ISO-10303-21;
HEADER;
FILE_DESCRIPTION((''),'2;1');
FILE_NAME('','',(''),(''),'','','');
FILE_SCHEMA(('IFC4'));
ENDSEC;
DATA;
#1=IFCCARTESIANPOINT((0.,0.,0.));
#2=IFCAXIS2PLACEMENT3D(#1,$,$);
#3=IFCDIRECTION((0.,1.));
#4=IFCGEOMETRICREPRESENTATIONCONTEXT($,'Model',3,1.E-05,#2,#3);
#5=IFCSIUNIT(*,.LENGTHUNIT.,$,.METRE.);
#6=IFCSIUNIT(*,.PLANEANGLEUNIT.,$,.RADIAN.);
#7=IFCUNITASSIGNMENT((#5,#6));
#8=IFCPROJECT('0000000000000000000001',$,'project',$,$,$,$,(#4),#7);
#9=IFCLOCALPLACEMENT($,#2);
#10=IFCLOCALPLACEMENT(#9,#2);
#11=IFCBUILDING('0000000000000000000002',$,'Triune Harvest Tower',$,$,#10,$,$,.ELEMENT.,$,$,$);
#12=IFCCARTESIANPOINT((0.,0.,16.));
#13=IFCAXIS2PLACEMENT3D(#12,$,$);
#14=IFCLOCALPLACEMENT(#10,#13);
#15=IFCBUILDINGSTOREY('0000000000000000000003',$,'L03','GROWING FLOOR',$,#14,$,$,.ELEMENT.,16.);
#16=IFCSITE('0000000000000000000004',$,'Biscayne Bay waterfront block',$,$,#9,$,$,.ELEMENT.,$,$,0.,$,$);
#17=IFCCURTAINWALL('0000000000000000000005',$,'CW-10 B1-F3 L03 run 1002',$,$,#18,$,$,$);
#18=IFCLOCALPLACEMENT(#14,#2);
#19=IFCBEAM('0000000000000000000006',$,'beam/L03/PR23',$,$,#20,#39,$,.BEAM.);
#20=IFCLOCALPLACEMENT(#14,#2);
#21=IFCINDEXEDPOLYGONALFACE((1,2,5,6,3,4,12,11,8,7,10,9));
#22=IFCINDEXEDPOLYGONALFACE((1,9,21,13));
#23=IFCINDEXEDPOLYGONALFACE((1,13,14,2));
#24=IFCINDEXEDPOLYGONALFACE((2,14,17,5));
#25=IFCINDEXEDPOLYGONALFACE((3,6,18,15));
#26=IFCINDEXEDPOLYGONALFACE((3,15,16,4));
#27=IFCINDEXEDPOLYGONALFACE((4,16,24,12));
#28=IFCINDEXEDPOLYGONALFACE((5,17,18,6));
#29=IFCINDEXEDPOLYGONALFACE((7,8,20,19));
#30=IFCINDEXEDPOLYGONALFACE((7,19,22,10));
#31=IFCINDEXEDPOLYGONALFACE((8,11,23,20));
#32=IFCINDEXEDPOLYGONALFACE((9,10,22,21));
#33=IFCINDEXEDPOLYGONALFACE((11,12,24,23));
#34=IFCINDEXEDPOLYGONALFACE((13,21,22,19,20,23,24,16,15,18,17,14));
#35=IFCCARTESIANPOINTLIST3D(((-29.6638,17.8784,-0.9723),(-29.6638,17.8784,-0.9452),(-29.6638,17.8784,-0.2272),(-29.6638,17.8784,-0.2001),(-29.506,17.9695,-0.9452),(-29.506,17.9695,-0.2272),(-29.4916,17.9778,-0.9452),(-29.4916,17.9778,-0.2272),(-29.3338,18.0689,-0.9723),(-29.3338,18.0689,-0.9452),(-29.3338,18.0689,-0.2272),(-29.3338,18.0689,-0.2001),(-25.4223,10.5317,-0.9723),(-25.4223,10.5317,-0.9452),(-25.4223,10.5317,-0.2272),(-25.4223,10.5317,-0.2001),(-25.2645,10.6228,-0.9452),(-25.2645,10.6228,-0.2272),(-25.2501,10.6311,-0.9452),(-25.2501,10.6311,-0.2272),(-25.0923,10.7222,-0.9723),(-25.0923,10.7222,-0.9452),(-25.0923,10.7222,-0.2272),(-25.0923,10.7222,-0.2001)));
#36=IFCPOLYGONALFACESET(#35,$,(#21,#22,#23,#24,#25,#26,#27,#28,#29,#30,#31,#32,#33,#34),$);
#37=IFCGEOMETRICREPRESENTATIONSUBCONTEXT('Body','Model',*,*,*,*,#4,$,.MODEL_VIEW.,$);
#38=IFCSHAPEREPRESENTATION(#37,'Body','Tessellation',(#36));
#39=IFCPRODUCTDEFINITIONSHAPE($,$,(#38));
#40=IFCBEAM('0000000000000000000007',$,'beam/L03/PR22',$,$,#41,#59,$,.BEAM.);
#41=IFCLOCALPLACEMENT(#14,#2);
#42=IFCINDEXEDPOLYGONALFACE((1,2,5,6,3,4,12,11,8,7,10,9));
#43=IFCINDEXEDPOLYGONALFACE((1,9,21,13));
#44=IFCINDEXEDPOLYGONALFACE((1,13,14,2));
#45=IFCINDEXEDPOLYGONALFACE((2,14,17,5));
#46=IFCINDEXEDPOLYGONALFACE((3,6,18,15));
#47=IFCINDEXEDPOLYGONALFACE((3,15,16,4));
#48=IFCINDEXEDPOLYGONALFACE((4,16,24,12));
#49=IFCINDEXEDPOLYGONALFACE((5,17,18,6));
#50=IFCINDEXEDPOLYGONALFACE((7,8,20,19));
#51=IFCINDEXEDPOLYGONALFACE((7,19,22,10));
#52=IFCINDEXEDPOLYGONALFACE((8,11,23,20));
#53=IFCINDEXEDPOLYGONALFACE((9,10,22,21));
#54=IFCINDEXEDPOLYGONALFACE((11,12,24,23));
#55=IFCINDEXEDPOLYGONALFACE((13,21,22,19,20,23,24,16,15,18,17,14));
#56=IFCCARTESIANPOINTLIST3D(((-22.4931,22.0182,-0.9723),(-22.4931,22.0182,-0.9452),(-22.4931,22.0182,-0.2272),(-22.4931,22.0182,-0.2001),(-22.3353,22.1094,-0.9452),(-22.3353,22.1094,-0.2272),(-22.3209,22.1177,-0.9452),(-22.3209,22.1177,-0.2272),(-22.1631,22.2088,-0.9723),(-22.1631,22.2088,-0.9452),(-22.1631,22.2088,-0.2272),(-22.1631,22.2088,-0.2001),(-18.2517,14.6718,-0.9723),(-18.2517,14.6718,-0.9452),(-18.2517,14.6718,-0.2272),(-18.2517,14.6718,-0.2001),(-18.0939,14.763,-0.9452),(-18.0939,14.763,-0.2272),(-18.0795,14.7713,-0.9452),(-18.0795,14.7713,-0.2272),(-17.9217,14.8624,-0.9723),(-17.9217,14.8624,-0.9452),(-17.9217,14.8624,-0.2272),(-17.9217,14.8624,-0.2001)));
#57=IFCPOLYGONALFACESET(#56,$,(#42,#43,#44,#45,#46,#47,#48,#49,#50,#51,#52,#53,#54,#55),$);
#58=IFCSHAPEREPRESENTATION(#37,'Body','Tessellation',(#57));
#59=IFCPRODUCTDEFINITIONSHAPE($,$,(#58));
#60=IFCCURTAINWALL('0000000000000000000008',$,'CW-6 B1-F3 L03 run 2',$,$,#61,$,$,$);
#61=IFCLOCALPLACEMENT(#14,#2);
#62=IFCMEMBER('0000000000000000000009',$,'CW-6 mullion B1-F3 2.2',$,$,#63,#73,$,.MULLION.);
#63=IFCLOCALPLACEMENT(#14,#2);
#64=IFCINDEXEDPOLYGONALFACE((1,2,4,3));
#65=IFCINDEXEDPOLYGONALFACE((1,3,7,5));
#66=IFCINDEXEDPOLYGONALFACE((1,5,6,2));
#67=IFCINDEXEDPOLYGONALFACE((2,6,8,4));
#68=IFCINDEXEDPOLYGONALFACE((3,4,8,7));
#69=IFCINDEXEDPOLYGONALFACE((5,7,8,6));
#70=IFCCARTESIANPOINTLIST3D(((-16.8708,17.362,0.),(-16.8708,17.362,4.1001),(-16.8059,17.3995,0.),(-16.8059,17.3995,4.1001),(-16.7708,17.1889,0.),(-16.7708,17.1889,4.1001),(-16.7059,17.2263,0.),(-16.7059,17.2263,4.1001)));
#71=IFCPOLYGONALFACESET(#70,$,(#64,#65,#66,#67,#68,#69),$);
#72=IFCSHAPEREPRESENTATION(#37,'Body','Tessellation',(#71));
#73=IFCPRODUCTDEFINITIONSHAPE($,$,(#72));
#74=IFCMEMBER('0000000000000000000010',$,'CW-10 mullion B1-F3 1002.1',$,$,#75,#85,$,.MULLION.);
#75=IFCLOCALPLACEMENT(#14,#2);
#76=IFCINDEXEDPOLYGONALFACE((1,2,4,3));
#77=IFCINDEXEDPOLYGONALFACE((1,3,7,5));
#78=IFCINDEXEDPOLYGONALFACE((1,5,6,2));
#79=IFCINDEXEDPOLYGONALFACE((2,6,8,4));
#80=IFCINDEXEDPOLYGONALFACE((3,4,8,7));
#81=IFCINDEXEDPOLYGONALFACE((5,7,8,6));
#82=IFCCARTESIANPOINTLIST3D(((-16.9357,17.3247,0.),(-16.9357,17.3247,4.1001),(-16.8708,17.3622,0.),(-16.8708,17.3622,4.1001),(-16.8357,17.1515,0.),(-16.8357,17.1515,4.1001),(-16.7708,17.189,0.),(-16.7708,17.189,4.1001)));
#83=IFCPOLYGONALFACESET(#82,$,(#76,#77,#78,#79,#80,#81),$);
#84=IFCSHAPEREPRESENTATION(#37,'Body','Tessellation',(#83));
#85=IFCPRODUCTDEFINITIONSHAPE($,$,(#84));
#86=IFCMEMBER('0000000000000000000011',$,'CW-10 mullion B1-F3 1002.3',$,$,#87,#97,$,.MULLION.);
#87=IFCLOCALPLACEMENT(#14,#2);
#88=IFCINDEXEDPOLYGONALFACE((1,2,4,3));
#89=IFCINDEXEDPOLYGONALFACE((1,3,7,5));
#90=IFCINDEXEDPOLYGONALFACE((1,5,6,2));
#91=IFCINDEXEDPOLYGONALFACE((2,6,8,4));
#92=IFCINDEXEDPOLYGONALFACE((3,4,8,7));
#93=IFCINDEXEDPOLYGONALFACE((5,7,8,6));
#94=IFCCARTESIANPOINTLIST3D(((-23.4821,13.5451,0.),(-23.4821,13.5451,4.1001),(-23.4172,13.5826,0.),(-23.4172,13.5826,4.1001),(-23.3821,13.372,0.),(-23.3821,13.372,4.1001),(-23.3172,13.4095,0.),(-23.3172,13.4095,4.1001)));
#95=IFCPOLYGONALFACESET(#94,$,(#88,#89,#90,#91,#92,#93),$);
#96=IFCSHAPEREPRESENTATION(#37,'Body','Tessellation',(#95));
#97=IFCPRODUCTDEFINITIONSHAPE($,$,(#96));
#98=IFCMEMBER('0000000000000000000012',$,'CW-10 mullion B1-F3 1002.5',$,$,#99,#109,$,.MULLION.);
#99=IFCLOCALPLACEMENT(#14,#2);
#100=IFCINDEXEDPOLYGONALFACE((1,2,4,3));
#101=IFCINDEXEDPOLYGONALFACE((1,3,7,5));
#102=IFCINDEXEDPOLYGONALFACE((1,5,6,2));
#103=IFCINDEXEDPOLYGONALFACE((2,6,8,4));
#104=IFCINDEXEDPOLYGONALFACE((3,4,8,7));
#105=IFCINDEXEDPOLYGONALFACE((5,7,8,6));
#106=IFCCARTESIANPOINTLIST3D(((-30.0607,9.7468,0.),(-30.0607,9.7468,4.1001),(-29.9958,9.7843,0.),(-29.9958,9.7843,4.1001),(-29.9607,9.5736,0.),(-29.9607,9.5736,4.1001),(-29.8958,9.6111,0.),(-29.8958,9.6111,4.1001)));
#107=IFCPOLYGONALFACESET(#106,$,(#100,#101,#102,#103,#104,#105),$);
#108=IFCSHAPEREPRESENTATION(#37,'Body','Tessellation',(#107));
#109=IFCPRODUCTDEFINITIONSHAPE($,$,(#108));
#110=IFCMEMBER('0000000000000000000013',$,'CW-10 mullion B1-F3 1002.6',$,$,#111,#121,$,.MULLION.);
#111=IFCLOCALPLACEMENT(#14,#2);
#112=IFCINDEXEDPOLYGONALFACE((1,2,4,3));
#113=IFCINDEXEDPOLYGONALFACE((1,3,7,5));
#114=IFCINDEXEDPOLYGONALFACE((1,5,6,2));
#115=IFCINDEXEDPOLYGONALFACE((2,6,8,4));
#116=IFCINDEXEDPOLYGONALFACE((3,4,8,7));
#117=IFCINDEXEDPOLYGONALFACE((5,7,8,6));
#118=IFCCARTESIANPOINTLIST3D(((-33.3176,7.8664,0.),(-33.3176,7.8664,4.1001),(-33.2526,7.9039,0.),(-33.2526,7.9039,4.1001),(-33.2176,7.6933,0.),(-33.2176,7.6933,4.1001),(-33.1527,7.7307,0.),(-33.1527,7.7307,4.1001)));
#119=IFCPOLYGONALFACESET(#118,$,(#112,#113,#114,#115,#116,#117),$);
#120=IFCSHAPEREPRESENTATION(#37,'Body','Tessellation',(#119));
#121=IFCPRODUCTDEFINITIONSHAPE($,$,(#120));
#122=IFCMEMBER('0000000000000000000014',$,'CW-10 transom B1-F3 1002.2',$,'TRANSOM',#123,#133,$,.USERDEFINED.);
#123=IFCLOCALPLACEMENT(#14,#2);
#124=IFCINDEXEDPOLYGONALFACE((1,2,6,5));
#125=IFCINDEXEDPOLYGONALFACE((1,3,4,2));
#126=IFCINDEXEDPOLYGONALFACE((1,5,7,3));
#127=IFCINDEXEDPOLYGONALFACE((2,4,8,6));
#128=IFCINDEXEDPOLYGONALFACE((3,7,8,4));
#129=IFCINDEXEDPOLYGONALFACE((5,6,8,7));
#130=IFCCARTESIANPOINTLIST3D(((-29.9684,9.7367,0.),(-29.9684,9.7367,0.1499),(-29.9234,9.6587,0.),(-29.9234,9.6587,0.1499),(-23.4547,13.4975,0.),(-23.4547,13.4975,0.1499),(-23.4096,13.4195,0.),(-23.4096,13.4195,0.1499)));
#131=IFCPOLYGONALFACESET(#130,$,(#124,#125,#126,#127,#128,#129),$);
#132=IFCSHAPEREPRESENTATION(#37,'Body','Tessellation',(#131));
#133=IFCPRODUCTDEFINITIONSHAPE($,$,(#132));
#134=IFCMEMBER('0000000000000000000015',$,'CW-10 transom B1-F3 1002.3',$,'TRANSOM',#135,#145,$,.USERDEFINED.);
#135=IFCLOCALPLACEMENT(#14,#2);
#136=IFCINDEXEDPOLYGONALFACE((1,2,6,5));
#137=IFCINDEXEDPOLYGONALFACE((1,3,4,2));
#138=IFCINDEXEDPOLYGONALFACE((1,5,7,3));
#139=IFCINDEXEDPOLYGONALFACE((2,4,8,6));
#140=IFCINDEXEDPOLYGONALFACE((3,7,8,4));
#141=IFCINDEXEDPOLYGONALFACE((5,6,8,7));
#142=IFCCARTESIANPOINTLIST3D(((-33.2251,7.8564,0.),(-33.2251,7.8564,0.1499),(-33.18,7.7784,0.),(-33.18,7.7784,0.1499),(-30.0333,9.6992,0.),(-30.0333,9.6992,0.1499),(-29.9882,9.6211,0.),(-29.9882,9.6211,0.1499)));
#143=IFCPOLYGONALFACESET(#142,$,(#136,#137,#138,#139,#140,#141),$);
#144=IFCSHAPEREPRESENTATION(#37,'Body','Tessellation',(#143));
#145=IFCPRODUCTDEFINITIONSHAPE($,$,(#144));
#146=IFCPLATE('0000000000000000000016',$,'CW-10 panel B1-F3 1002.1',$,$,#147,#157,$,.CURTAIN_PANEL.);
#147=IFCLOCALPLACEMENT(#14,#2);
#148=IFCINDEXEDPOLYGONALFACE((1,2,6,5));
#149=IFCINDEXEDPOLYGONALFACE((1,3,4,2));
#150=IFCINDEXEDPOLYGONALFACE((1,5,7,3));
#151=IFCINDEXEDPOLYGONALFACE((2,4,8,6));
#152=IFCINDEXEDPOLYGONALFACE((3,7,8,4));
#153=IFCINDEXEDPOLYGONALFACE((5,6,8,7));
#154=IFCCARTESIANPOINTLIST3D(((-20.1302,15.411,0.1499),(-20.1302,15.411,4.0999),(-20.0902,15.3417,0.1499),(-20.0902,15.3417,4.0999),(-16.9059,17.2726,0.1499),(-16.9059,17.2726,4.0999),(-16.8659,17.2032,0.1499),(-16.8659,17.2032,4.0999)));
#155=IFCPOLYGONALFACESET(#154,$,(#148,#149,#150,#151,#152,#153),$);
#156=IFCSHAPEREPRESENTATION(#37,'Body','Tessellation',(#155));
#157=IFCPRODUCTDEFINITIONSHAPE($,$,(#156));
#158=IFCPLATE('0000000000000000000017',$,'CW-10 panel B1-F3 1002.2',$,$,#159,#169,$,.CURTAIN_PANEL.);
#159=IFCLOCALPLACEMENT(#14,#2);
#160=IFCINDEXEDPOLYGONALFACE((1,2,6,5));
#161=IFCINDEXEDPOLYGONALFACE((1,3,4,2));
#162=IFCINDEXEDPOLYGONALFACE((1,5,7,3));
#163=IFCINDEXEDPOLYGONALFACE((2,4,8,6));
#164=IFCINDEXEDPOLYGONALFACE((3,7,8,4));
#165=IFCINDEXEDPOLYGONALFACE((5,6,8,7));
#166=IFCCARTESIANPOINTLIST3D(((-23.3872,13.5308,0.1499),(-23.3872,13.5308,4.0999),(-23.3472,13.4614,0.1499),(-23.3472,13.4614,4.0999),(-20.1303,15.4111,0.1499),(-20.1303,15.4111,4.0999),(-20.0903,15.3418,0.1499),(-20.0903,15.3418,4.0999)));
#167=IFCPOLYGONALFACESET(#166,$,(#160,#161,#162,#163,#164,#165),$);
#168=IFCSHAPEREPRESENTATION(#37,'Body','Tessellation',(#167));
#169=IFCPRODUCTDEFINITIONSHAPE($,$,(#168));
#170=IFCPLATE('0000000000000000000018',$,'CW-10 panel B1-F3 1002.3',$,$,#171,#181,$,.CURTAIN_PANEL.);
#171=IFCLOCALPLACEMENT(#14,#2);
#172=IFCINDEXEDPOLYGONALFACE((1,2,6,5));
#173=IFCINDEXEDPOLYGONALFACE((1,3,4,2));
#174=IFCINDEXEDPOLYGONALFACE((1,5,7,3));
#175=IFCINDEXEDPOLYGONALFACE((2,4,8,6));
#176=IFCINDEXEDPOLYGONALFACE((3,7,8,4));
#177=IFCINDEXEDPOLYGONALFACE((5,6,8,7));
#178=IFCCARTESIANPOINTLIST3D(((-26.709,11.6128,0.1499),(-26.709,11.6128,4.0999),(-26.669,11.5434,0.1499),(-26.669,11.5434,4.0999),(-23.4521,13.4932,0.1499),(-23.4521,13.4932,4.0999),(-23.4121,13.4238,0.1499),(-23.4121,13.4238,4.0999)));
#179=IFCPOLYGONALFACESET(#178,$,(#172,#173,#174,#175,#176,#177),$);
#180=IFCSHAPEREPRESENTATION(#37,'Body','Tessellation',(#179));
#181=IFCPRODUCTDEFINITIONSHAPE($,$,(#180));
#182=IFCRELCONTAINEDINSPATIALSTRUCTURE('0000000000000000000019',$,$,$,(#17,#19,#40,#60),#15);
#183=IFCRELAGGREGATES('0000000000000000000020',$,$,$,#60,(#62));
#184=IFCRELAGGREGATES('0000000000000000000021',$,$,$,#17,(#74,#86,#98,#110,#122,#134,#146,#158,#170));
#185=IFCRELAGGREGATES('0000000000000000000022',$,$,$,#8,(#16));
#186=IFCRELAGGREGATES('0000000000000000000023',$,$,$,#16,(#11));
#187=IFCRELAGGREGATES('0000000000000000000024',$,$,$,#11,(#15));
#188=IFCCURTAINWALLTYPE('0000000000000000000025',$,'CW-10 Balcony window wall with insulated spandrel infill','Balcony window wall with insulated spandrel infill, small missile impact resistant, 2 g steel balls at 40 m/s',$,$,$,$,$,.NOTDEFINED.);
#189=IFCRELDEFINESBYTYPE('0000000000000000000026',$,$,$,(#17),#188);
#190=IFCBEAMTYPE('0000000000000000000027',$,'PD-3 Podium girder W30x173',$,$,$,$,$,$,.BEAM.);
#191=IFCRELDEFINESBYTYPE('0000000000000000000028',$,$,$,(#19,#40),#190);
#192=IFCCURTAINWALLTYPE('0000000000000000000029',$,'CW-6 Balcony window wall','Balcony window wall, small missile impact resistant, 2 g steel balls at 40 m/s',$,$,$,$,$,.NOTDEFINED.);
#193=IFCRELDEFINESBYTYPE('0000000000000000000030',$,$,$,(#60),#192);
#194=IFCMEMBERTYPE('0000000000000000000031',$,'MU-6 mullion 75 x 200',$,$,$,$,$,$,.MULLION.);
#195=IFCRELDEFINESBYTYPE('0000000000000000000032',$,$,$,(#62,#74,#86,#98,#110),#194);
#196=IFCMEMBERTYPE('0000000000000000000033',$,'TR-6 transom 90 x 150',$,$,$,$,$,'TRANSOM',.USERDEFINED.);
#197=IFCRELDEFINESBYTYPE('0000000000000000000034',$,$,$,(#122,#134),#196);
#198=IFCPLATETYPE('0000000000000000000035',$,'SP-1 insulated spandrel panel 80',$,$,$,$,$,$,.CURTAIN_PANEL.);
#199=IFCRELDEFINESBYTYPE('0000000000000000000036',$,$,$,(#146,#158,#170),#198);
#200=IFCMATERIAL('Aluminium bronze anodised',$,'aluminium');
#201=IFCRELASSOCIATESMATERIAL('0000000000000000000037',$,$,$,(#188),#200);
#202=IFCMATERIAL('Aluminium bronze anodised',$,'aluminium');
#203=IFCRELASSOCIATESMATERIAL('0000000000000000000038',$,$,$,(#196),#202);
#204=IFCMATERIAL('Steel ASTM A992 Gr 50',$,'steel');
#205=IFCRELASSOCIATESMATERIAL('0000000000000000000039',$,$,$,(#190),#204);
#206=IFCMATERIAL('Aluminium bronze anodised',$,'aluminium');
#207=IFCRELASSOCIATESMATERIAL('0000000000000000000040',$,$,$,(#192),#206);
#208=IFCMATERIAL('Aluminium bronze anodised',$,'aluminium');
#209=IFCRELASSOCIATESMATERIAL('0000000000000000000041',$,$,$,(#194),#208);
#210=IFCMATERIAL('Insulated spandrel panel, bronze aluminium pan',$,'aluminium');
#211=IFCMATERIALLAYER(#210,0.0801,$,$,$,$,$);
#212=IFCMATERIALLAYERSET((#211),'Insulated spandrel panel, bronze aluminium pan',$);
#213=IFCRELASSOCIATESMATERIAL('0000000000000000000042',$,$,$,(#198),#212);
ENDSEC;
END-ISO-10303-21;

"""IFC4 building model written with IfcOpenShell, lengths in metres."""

from ifc_helpers import new_model, si_unit, direction, frame, origin, origin_2d, place, context, subcontext, project, spatial, rectangle, i_section, extrude, source, transform, mapped, material, layer, layer_set, material_profile, profile_set, type_object, element, aggregate, save


model = new_model("IFC4")

# Units and contexts
model_context = context("Model", 3, precision=1e-05, world=origin(), true_north=direction((0.0, 1.0)))
body_context = subcontext(model_context, "Body", "Model", "MODEL_VIEW")
ifc_project = project(units=[si_unit("LENGTHUNIT", "METRE"), si_unit("PLANEANGLEUNIT", "RADIAN")], contexts=[model_context])

# Site, building, storey
site_placement = place(None, origin())
site = spatial("IfcSite", under=ifc_project, at=site_placement, Name="Biscayne Bay waterfront block", CompositionType="ELEMENT", RefElevation=0.0)
building_placement = place(site_placement, origin())
building = spatial("IfcBuilding", under=site, at=building_placement, Name="Triune Harvest Tower", CompositionType="ELEMENT")
storey_placement = place(building_placement, frame((0.0, 0.0, 16.0)))
storey = spatial("IfcBuildingStorey", under=building, at=storey_placement, Name="L03", Description="GROWING FLOOR", CompositionType="ELEMENT", Elevation=16.0)

# Curtain wall
ifc_material_1 = material(Name="Aluminium bronze anodised", Category="aluminium")
curtain_wall_type_1 = type_object("IfcCurtainWallType", Name="CW-10 Balcony window wall with insulated spandrel infill", Description="Balcony window wall with insulated spandrel infill, small missile impact resistant, 2 g steel balls at 40 m/s", PredefinedType="NOTDEFINED", material=ifc_material_1)
curtain_wall_1_placement = place(storey_placement, origin())
curtain_wall_1 = element("IfcCurtainWall", 1, at=curtain_wall_1_placement, inside=storey, type_object=curtain_wall_type_1, Name="CW-10 B1-F3 L03 run 1002")
ifc_material_2 = material(Name="Aluminium bronze anodised", Category="aluminium")
ifc_material_profile_1 = material_profile(ifc_material_2, rectangle(XDim=0.0901, YDim=0.1499, at=origin_2d()), Name="TR-6 transom 90 x 150")
ifc_profile_set_1 = profile_set([ifc_material_profile_1], Name="Aluminium bronze anodised")
member_type_1 = type_object("IfcMemberType", Name="TR-6 transom 90 x 150", ElementType="TRANSOM", PredefinedType="USERDEFINED", material=ifc_profile_set_1)

# Beams
ifc_material_3 = material(Name="Steel ASTM A992 Gr 50", Category="steel")
ifc_material_profile_2 = material_profile(ifc_material_3, i_section(OverallWidth=0.3811, OverallDepth=0.7722, WebThickness=0.0166, FlangeThickness=0.0271, at=origin_2d()), Name="W30x173")
ifc_profile_set_2 = profile_set([ifc_material_profile_2], Name="Steel ASTM A992 Gr 50")
beam_type_1 = type_object("IfcBeamType", Name="PD-3 Podium girder W30x173", PredefinedType="BEAM", material=ifc_profile_set_2)
shared_shape_1 = source(origin(), body_context, "Body", "SweptSolid", [
    extrude(i_section(OverallWidth=0.3811, OverallDepth=0.7722, WebThickness=0.0166, FlangeThickness=0.0271, at=origin_2d()), origin(), (0.0, 0.0, 1.0), 8.4832),
])
beam_1_placement = place(storey_placement, frame((-29.4988, 17.9736, -0.5862), z_axis=(0.499987, -0.866033, 0.0), x_axis=(0.866033, 0.499987, 0.0)))
element("IfcBeam", 2, at=beam_1_placement, inside=storey, type_object=beam_type_1, Name="beam/L03/PR23", PredefinedType="BEAM", context=body_context, shape_type="MappedRepresentation", body=[
    mapped(shared_shape_1, transform((0.0, 0.0, 0.0), scale=1.0)),
])
shared_shape_2 = source(origin(), body_context, "Body", "SweptSolid", [
    extrude(i_section(OverallWidth=0.3811, OverallDepth=0.7722, WebThickness=0.0166, FlangeThickness=0.0271, at=origin_2d()), origin(), (0.0, 0.0, 1.0), 8.4829),
])
beam_2_placement = place(storey_placement, frame((-22.3281, 22.1135, -0.5862), z_axis=(0.499999, -0.866026, 0.0), x_axis=(0.866026, 0.499999, 0.0)))
element("IfcBeam", 3, at=beam_2_placement, inside=storey, type_object=beam_type_1, Name="beam/L03/PR22", PredefinedType="BEAM", context=body_context, shape_type="MappedRepresentation", body=[
    mapped(shared_shape_2, transform((0.0, 0.0, 0.0), scale=1.0)),
])

# Curtain wall, member
ifc_material_4 = material(Name="Aluminium bronze anodised", Category="aluminium")
curtain_wall_type_2 = type_object("IfcCurtainWallType", Name="CW-6 Balcony window wall", Description="Balcony window wall, small missile impact resistant, 2 g steel balls at 40 m/s", PredefinedType="NOTDEFINED", material=ifc_material_4)
curtain_wall_2_placement = place(storey_placement, origin())
curtain_wall_2 = element("IfcCurtainWall", 4, at=curtain_wall_2_placement, inside=storey, type_object=curtain_wall_type_2, Name="CW-6 B1-F3 L03 run 2")
ifc_material_5 = material(Name="Aluminium bronze anodised", Category="aluminium")
ifc_material_profile_3 = material_profile(ifc_material_5, rectangle(XDim=0.2, YDim=0.075, at=origin_2d()), Name="MU-6 mullion 75 x 200")
ifc_profile_set_3 = profile_set([ifc_material_profile_3], Name="Aluminium bronze anodised")
member_type_2 = type_object("IfcMemberType", Name="MU-6 mullion 75 x 200", PredefinedType="MULLION", material=ifc_profile_set_3)
shared_shape_3 = source(origin(), body_context, "Body", "SweptSolid", [
    extrude(rectangle(XDim=0.2, YDim=0.075, at=origin_2d()), origin(), (0.0, 0.0, 1.0), 4.1001),
])
member_1_placement = place(storey_placement, frame((-16.7883, 17.2942, 0.0), z_axis=(0.0, 0.0, 1.0), x_axis=(0.499993, -0.86603, 0.0)))
member_1 = element("IfcMember", 5, at=member_1_placement, type_object=member_type_2, Name="CW-6 mullion B1-F3 2.2", PredefinedType="MULLION", context=body_context, shape_type="MappedRepresentation", body=[
    mapped(shared_shape_3, transform((0.0, 0.0, 0.0), scale=1.0)),
])
aggregate(curtain_wall_2, [member_1])

# Members
member_2_placement = place(storey_placement, frame((-16.8533, 17.2568, 0.0), z_axis=(0.0, 0.0, 1.0), x_axis=(0.500004, -0.866023, 0.0)))
member_2 = element("IfcMember", 6, at=member_2_placement, type_object=member_type_2, Name="CW-10 mullion B1-F3 1002.1", PredefinedType="MULLION", context=body_context, shape_type="MappedRepresentation", body=[
    mapped(shared_shape_3, transform((0.0, 0.0, 0.0), scale=1.0)),
])
member_3_placement = place(storey_placement, frame((-23.3997, 13.4773, 0.0), z_axis=(0.0, 0.0, 1.0), x_axis=(0.500004, -0.866023, 0.0)))
member_3 = element("IfcMember", 7, at=member_3_placement, type_object=member_type_2, Name="CW-10 mullion B1-F3 1002.3", PredefinedType="MULLION", context=body_context, shape_type="MappedRepresentation", body=[
    mapped(shared_shape_3, transform((0.0, 0.0, 0.0), scale=1.0)),
])
member_4_placement = place(storey_placement, frame((-29.9783, 9.679, 0.0), z_axis=(0.0, 0.0, 1.0), x_axis=(0.500004, -0.866023, 0.0)))
member_4 = element("IfcMember", 8, at=member_4_placement, type_object=member_type_2, Name="CW-10 mullion B1-F3 1002.5", PredefinedType="MULLION", context=body_context, shape_type="MappedRepresentation", body=[
    mapped(shared_shape_3, transform((0.0, 0.0, 0.0), scale=1.0)),
])
member_5_placement = place(storey_placement, frame((-33.2351, 7.7986, 0.0), z_axis=(0.0, 0.0, 1.0), x_axis=(0.500004, -0.866023, 0.0)))
member_5 = element("IfcMember", 9, at=member_5_placement, type_object=member_type_2, Name="CW-10 mullion B1-F3 1002.6", PredefinedType="MULLION", context=body_context, shape_type="MappedRepresentation", body=[
    mapped(shared_shape_3, transform((0.0, 0.0, 0.0), scale=1.0)),
])
shared_shape_4 = source(origin(), body_context, "Body", "SweptSolid", [
    extrude(rectangle(XDim=0.0901, YDim=0.1499, at=origin_2d()), origin(), (0.0, 0.0, 1.0), 7.5215),
])
member_6_placement = place(storey_placement, frame((-23.4321, 13.4585, 0.075), z_axis=(-0.866021, -0.500007, 0.0), x_axis=(0.500007, -0.866021, 0.0)))
member_6 = element("IfcMember", 10, at=member_6_placement, type_object=member_type_1, Name="CW-10 transom B1-F3 1002.2", ObjectType="TRANSOM", PredefinedType="USERDEFINED", context=body_context, shape_type="MappedRepresentation", body=[
    mapped(shared_shape_4, transform((0.0, 0.0, 0.0), scale=1.0)),
])
shared_shape_5 = source(origin(), body_context, "Body", "SweptSolid", [
    extrude(rectangle(XDim=0.0901, YDim=0.1499, at=origin_2d()), origin(), (0.0, 0.0, 1.0), 3.6855),
])
member_7_placement = place(storey_placement, frame((-30.0107, 9.6602, 0.075), z_axis=(-0.866033, -0.499986, 0.0), x_axis=(0.499986, -0.866033, 0.0)))
member_7 = element("IfcMember", 11, at=member_7_placement, type_object=member_type_1, Name="CW-10 transom B1-F3 1002.3", ObjectType="TRANSOM", PredefinedType="USERDEFINED", context=body_context, shape_type="MappedRepresentation", body=[
    mapped(shared_shape_5, transform((0.0, 0.0, 0.0), scale=1.0)),
])

# Plates
ifc_material_6 = material(Name="Insulated spandrel panel, bronze aluminium pan", Category="aluminium")
ifc_layer_1 = layer(ifc_material_6, 0.0801)
ifc_layer_set_1 = layer_set([ifc_layer_1], Name="Insulated spandrel panel, bronze aluminium pan")
plate_type = type_object("IfcPlateType", Name="SP-1 insulated spandrel panel 80", PredefinedType="CURTAIN_PANEL", material=ifc_layer_set_1)
shared_shape_6 = source(origin(), body_context, "Body", "SweptSolid", [
    extrude(rectangle(XDim=3.7231, YDim=0.0801, at=origin_2d()), origin(), (0.0, 0.0, 1.0), 3.95),
])
plate_1_placement = place(storey_placement, frame((-18.498, 16.3071, 0.1499), z_axis=(0.0, 0.0, 1.0), x_axis=(-0.866023, -0.500004, 0.0)))
plate_1 = element("IfcPlate", 12, at=plate_1_placement, type_object=plate_type, Name="CW-10 panel B1-F3 1002.1", PredefinedType="CURTAIN_PANEL", context=body_context, shape_type="MappedRepresentation", body=[
    mapped(shared_shape_6, transform((0.0, 0.0, 0.0), scale=1.0)),
])
shared_shape_7 = source(origin(), body_context, "Body", "SweptSolid", [
    extrude(rectangle(XDim=3.7607, YDim=0.0801, at=origin_2d()), origin(), (0.0, 0.0, 1.0), 3.95),
])
plate_2_placement = place(storey_placement, frame((-21.7388, 14.4363, 0.1499), z_axis=(0.0, 0.0, 1.0), x_axis=(-0.866023, -0.500004, 0.0)))
plate_2 = element("IfcPlate", 13, at=plate_2_placement, type_object=plate_type, Name="CW-10 panel B1-F3 1002.2", PredefinedType="CURTAIN_PANEL", context=body_context, shape_type="MappedRepresentation", body=[
    mapped(shared_shape_7, transform((0.0, 0.0, 0.0), scale=1.0)),
])
plate_3_placement = place(storey_placement, frame((-25.0605, 12.5183, 0.1499), z_axis=(0.0, 0.0, 1.0), x_axis=(-0.866023, -0.500004, 0.0)))
plate_3 = element("IfcPlate", 14, at=plate_3_placement, type_object=plate_type, Name="CW-10 panel B1-F3 1002.3", PredefinedType="CURTAIN_PANEL", context=body_context, shape_type="MappedRepresentation", body=[
    mapped(shared_shape_7, transform((0.0, 0.0, 0.0), scale=1.0)),
])
aggregate(curtain_wall_1, [member_2, member_3, member_4, member_5, member_6, member_7, plate_1, plate_2, plate_3])

save(model, "model.ifc")
